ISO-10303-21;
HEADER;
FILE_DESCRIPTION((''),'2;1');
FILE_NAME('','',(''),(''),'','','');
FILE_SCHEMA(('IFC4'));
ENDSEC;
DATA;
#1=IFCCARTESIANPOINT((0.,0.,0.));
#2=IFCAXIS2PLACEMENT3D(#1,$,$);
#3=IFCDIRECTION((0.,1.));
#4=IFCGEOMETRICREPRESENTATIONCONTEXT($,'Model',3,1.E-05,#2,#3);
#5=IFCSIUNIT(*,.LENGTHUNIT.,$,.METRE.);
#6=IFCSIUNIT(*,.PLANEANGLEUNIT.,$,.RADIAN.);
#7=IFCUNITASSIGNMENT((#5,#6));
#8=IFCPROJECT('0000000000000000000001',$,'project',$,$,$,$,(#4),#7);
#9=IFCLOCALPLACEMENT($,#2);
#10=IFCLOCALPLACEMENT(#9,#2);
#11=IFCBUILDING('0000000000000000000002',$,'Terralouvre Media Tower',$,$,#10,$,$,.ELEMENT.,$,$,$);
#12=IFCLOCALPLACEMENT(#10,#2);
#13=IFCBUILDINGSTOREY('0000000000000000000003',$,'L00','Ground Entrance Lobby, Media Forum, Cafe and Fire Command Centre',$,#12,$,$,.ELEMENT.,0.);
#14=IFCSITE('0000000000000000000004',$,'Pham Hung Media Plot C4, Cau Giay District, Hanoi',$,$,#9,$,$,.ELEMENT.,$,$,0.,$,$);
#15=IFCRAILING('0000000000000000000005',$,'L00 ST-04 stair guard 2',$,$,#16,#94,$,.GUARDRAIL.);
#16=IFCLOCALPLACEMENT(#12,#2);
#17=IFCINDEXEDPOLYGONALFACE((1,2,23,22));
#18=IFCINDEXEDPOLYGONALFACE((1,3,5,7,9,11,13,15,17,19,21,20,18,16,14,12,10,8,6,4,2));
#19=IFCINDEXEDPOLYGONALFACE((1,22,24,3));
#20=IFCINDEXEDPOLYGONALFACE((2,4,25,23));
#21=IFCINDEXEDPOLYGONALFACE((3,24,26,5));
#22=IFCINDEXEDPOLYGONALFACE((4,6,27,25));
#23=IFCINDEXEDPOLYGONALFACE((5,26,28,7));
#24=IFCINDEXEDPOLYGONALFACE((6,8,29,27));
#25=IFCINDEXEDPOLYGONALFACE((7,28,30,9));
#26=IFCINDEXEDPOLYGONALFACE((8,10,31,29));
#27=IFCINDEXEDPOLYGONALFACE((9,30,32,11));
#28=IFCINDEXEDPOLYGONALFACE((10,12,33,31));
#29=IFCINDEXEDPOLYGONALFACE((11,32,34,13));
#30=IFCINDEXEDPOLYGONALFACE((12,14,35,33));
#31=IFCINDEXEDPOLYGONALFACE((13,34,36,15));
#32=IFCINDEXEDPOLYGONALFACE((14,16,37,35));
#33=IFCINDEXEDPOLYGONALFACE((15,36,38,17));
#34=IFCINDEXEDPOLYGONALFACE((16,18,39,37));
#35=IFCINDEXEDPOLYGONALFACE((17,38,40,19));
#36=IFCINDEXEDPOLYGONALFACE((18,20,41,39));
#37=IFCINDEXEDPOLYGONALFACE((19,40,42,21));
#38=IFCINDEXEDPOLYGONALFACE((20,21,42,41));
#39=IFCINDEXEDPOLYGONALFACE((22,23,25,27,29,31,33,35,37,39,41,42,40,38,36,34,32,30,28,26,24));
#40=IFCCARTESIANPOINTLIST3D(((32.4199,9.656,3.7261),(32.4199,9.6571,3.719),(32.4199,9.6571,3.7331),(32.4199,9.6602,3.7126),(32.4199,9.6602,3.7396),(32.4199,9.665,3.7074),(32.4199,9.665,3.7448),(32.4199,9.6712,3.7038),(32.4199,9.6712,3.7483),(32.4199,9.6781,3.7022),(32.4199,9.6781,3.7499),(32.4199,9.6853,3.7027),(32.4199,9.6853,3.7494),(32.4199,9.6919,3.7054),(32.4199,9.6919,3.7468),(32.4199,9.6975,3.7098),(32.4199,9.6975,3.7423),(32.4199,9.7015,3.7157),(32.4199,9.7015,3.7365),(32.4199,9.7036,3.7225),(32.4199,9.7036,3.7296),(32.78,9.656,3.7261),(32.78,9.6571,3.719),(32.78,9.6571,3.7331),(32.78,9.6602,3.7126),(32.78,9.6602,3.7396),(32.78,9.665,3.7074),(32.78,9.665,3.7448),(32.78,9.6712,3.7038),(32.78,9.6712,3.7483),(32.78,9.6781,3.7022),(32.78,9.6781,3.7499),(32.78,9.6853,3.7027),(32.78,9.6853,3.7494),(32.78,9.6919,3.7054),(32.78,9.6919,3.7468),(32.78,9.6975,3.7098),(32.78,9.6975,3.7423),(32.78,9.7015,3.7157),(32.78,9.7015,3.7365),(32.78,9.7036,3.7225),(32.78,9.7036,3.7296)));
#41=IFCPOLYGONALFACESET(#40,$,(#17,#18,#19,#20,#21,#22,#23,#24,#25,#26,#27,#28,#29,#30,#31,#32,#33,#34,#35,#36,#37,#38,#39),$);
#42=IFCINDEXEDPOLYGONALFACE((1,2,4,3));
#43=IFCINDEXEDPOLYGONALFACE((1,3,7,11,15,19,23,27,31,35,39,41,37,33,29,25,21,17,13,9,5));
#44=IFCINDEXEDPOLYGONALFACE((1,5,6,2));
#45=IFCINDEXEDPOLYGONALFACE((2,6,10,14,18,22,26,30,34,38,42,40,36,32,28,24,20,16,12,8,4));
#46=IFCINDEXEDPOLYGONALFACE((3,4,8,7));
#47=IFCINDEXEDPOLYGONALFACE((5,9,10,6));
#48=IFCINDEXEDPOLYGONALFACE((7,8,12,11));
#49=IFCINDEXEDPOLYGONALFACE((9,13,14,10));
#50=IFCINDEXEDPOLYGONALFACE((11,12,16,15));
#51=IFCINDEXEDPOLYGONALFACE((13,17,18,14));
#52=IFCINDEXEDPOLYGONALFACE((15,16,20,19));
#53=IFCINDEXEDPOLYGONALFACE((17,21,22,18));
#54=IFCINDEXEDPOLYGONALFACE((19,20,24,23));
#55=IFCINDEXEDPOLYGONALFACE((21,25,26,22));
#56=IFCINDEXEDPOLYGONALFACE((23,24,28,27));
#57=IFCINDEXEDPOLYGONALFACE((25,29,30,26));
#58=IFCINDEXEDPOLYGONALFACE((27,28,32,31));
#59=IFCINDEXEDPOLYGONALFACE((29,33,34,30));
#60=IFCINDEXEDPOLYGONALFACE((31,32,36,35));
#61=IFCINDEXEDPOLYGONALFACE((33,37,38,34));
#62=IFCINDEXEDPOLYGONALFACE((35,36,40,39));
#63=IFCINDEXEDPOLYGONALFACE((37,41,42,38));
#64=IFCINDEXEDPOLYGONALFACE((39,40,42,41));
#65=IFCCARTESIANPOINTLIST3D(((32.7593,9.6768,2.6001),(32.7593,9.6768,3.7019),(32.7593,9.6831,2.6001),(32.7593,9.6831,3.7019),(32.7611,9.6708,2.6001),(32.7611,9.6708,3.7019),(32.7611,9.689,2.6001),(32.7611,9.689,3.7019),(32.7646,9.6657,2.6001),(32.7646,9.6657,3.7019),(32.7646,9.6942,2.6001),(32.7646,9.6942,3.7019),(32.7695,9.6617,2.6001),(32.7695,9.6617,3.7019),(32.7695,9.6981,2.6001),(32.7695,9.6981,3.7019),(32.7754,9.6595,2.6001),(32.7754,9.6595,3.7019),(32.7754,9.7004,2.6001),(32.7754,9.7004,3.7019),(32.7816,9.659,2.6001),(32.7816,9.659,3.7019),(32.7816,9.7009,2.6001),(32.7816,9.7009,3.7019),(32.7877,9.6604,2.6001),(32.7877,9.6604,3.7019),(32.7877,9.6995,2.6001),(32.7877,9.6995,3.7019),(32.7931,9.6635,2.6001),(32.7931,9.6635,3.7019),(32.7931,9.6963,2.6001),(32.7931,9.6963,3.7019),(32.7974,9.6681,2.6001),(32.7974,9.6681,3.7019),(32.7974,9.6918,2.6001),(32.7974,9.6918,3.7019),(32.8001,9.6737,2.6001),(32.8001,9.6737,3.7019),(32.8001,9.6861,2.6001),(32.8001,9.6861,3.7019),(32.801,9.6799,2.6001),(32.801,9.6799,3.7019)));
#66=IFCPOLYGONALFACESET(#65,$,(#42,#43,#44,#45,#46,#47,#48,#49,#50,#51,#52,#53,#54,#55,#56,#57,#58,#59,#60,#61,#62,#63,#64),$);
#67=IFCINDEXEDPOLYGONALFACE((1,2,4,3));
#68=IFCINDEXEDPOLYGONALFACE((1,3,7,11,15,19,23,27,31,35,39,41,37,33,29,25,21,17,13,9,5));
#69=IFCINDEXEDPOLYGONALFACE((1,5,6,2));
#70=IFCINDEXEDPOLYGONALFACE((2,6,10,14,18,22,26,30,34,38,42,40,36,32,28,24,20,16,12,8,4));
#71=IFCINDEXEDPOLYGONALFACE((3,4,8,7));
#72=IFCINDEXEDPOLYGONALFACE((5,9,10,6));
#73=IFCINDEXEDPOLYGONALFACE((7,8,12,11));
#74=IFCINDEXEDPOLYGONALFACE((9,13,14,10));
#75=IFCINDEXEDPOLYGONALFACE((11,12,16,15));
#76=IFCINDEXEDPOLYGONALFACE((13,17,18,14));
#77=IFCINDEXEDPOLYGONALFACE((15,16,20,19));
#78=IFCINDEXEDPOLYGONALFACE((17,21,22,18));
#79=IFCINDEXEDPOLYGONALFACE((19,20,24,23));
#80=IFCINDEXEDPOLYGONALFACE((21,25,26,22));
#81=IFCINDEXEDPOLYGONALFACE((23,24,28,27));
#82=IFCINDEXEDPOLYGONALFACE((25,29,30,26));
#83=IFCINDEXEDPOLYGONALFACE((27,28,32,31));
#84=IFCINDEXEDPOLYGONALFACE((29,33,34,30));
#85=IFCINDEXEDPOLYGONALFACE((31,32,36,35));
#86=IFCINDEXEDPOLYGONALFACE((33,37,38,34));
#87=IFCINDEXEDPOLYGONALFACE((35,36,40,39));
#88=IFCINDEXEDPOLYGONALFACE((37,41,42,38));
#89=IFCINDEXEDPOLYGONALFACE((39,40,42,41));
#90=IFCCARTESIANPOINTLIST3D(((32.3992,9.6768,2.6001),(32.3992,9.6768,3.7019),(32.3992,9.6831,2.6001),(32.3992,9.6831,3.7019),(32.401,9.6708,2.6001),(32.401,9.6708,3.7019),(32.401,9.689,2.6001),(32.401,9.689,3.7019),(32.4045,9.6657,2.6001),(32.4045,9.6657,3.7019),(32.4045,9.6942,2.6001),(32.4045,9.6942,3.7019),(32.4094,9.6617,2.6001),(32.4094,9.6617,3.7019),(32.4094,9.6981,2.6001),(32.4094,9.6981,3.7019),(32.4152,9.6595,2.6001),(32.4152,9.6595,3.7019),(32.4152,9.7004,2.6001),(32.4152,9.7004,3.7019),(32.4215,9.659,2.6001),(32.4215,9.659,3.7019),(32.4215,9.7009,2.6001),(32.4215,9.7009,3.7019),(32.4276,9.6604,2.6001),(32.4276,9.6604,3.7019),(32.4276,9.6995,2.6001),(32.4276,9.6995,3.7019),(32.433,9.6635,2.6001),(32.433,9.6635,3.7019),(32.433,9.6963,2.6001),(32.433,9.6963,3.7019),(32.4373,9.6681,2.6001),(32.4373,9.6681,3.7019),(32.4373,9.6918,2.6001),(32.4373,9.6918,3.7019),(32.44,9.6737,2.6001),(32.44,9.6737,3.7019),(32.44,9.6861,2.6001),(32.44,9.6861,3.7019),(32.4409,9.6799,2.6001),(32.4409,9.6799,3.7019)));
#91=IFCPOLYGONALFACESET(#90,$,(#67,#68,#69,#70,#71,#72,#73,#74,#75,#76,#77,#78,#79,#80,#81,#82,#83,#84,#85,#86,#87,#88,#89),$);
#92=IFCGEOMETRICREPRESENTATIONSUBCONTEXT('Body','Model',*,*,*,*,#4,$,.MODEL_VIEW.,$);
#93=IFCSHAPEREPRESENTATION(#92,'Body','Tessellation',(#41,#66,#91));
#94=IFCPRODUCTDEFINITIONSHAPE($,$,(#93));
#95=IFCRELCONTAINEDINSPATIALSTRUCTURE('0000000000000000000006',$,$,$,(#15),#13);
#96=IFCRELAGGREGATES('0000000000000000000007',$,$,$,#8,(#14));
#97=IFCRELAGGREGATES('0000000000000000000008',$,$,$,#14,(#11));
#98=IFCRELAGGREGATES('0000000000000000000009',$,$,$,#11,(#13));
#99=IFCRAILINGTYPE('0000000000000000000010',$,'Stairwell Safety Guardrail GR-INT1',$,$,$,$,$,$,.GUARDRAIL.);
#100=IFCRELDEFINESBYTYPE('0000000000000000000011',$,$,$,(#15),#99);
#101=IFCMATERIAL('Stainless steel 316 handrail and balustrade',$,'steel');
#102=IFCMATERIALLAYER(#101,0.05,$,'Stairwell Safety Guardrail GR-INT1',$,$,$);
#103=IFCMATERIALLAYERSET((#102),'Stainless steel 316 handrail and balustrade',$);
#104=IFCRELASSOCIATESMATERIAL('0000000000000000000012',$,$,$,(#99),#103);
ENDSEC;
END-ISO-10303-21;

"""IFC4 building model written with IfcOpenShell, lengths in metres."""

from ifc_helpers import new_model, si_unit, direction, frame, origin, origin_2d, place, context, subcontext, project, spatial, circle, extrude, material, layer, layer_set, type_object, element, save


model = new_model("IFC4")

# Units and contexts
model_context = context("Model", 3, precision=1e-05, world=origin(), true_north=direction((0.0, 1.0)))
body_context = subcontext(model_context, "Body", "Model", "MODEL_VIEW")
ifc_project = project(units=[si_unit("LENGTHUNIT", "METRE"), si_unit("PLANEANGLEUNIT", "RADIAN")], contexts=[model_context])

# Site, building, storey
site_placement = place(None, origin())
site = spatial("IfcSite", under=ifc_project, at=site_placement, Name="Pham Hung Media Plot C4, Cau Giay District, Hanoi", CompositionType="ELEMENT", RefElevation=0.0)
building_placement = place(site_placement, origin())
building = spatial("IfcBuilding", under=site, at=building_placement, Name="Terralouvre Media Tower", CompositionType="ELEMENT")
storey_placement = place(building_placement, origin())
storey = spatial("IfcBuildingStorey", under=building, at=storey_placement, Name="L00", Description="Ground Entrance Lobby, Media Forum, Cafe and Fire Command Centre", CompositionType="ELEMENT", Elevation=0.0)

# Railing
ifc_material_1 = material(Name="Stainless steel 316 handrail and balustrade", Category="steel")
ifc_layer_1 = layer(ifc_material_1, 0.05, Name="Stairwell Safety Guardrail GR-INT1")
ifc_layer_set_1 = layer_set([ifc_layer_1], Name="Stainless steel 316 handrail and balustrade")
railing_type_1 = type_object("IfcRailingType", Name="Stairwell Safety Guardrail GR-INT1", PredefinedType="GUARDRAIL", material=ifc_layer_set_1)
railing_1_placement = place(storey_placement, frame((32.78, 9.6799, 2.6001)))
element("IfcRailing", 1, at=railing_1_placement, inside=storey, type_object=railing_type_1, Name="L00 ST-04 stair guard 2", PredefinedType="GUARDRAIL", context=body_context, shape_type="SweptSolid", body=[
    extrude(circle(Radius=0.0239, at=origin_2d()), frame((0.0, 0.0, 1.126), z_axis=(-1.0, 0.0, 0.0), x_axis=(0.0, -1.0, 0.0)), (0.0, 0.0, 1.0), 0.3601),
    extrude(circle(Radius=0.021, at=origin_2d()), origin(), (0.0, 0.0, 1.0), 1.1018),
    extrude(circle(Radius=0.021, at=origin_2d()), frame((-0.3601, 0.0, 0.0)), (0.0, 0.0, 1.0), 1.1018),
])

save(model, "model.ifc")
